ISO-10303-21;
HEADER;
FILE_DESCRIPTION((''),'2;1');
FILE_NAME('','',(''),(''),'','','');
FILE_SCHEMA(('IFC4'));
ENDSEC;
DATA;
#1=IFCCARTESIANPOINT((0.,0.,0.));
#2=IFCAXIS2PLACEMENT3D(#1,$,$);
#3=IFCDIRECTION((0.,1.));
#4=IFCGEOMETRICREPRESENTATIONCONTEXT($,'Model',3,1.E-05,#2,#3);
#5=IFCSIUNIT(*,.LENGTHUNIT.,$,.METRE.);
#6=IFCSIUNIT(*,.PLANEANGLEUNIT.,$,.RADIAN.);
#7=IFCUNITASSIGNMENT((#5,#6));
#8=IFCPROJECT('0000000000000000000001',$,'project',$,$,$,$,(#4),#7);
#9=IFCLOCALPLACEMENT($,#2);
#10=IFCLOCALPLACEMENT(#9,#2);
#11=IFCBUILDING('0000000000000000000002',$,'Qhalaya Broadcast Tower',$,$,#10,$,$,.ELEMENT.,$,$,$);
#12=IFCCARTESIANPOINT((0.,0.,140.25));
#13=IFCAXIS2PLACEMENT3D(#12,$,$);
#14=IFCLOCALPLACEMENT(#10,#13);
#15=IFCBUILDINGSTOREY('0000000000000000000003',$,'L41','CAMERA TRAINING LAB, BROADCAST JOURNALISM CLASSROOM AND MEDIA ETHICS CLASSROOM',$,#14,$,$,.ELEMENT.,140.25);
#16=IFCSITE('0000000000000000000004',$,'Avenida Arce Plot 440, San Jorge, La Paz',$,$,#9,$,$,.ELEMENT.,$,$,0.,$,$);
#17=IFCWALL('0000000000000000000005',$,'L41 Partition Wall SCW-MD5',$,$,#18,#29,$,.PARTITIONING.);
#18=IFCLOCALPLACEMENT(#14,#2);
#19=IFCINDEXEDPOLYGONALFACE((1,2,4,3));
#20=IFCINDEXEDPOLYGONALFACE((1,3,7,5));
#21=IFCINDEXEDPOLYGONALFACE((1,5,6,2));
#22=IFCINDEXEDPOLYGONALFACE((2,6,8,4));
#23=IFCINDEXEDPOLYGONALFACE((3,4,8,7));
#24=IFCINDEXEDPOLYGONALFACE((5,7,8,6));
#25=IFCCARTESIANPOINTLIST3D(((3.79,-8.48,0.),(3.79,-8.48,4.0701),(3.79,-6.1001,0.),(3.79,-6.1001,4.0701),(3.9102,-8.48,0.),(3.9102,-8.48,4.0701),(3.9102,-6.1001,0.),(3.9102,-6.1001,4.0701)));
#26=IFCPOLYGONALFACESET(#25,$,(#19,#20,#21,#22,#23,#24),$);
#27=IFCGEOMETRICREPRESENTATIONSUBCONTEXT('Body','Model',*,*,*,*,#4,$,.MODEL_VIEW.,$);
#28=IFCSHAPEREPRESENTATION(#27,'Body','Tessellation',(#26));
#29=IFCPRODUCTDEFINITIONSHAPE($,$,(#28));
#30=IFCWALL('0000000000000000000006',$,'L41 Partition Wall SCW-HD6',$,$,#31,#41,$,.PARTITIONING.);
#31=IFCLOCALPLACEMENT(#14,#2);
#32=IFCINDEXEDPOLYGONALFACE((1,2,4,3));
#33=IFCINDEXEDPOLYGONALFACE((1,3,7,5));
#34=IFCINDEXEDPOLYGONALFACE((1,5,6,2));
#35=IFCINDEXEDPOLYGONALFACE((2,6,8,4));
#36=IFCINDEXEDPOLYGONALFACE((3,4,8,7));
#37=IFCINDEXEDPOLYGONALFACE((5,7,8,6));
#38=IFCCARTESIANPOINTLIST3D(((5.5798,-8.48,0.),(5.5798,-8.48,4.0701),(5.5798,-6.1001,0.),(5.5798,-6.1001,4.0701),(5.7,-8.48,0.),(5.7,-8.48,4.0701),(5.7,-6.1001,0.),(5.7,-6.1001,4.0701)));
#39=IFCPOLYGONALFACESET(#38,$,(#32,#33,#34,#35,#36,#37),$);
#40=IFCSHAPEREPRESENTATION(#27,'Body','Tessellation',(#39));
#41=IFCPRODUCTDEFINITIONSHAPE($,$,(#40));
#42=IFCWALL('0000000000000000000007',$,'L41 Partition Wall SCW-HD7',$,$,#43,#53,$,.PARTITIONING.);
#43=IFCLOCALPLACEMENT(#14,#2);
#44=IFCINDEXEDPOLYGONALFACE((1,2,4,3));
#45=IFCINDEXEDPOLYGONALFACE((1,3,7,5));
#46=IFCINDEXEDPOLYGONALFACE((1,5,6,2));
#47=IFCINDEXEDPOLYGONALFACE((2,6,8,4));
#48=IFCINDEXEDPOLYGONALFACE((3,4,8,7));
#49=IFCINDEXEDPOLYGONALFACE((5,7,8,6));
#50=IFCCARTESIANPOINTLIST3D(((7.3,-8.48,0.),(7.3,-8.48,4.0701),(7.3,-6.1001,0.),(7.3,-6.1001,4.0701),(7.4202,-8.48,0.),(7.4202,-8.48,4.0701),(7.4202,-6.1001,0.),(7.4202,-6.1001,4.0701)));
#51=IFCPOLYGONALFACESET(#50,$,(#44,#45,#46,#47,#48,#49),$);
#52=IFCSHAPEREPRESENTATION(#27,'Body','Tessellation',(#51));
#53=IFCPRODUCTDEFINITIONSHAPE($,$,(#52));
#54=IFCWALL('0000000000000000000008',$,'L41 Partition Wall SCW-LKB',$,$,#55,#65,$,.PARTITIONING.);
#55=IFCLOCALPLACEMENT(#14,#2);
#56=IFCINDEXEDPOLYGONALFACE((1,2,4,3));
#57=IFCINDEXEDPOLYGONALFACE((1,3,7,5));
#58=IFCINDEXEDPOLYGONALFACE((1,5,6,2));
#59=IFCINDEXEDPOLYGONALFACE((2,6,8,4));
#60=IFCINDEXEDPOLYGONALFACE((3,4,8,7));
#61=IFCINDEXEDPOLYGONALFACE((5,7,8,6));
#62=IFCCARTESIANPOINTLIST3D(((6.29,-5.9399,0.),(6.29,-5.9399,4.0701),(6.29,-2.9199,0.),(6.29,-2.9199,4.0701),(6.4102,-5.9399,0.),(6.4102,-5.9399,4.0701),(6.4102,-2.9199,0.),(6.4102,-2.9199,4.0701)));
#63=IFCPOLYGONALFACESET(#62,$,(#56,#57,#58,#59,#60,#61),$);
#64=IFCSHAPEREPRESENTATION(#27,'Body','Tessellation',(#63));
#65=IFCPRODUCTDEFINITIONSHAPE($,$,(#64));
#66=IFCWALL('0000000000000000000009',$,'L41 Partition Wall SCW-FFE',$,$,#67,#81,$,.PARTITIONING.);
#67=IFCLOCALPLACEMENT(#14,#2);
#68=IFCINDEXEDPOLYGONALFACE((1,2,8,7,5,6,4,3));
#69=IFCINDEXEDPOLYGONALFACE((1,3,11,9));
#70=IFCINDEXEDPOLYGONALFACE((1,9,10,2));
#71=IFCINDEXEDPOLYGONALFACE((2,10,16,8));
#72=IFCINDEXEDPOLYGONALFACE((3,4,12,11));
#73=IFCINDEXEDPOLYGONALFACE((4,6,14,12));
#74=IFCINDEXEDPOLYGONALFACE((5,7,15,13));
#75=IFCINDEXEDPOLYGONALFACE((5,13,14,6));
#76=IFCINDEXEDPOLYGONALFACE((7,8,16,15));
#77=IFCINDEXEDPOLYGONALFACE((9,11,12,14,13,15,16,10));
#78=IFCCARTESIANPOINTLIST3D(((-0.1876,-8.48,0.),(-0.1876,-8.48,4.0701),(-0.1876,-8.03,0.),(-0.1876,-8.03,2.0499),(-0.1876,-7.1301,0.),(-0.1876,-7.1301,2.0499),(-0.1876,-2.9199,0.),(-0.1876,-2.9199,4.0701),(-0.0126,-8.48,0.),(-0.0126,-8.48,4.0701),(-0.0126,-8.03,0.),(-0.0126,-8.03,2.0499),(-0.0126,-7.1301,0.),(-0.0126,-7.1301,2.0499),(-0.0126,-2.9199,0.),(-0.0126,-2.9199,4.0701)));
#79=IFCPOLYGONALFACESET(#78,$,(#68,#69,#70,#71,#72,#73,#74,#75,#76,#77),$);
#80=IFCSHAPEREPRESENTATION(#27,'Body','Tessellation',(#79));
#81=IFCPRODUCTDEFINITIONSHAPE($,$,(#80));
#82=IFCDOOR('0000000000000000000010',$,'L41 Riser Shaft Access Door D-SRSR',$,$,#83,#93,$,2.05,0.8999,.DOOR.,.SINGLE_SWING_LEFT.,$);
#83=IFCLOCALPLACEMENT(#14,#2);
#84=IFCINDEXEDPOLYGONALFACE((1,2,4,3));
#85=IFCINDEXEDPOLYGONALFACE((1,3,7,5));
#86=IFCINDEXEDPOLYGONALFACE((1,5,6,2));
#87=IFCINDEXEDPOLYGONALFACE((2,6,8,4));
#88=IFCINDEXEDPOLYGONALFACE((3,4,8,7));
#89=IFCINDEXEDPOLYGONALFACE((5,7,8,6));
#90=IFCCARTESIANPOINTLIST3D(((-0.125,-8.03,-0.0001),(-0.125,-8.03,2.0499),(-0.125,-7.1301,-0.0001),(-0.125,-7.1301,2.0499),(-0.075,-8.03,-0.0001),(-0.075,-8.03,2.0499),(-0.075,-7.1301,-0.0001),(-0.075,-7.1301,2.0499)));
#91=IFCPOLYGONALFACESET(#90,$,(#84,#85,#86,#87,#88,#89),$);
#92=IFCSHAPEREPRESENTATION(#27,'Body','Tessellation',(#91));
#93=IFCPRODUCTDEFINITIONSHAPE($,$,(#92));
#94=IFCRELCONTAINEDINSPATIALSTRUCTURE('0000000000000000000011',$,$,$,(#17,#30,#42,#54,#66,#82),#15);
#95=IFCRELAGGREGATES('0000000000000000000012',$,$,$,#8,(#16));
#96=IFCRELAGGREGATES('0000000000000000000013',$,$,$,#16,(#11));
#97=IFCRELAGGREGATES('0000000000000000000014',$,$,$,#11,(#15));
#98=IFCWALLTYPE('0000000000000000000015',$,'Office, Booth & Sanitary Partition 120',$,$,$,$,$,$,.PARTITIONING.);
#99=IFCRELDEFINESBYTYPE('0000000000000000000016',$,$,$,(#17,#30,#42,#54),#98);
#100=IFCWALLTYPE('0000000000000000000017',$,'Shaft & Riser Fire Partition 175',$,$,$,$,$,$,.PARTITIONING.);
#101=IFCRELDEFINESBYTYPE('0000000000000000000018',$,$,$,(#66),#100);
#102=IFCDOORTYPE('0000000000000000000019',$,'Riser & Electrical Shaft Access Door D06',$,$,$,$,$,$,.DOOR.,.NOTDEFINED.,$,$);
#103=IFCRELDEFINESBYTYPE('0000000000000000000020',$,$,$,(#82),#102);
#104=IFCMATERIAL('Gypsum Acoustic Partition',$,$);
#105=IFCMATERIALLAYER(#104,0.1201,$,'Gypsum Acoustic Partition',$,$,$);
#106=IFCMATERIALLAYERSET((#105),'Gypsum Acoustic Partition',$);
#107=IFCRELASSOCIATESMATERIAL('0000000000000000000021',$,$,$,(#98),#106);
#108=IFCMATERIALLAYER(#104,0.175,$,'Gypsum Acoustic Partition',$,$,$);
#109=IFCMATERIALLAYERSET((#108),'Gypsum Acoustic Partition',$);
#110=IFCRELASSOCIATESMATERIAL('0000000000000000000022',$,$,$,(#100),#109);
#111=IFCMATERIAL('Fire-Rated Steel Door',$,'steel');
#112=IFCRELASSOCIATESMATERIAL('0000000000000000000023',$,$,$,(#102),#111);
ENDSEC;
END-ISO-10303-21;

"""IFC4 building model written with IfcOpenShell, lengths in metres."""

from ifc_helpers import new_model, si_unit, direction, frame, frame_2d, origin, place, context, subcontext, project, spatial, rectangle, extrude, material, layer, layer_set, type_object, element, fill, save


model = new_model("IFC4")

# Units and contexts
model_context = context("Model", 3, precision=1e-05, world=origin(), true_north=direction((0.0, 1.0)))
body_context = subcontext(model_context, "Body", "Model", "MODEL_VIEW")
ifc_project = project(units=[si_unit("LENGTHUNIT", "METRE"), si_unit("PLANEANGLEUNIT", "RADIAN")], contexts=[model_context])

# Site, building, storey
site_placement = place(None, origin())
site = spatial("IfcSite", under=ifc_project, at=site_placement, Name="Avenida Arce Plot 440, San Jorge, La Paz", CompositionType="ELEMENT", RefElevation=0.0)
building_placement = place(site_placement, origin())
building = spatial("IfcBuilding", under=site, at=building_placement, Name="Qhalaya Broadcast Tower", CompositionType="ELEMENT")
storey_placement = place(building_placement, frame((0.0, 0.0, 140.25)))
storey = spatial("IfcBuildingStorey", under=building, at=storey_placement, Name="L41", Description="CAMERA TRAINING LAB, BROADCAST JOURNALISM CLASSROOM AND MEDIA ETHICS CLASSROOM", CompositionType="ELEMENT", Elevation=140.25)

# Shared definitions
ifc_material_1 = material(Name="Gypsum Acoustic Partition")

# Walls
ifc_layer_1 = layer(ifc_material_1, 0.1201, Name="Gypsum Acoustic Partition")
ifc_layer_set_1 = layer_set([ifc_layer_1], Name="Gypsum Acoustic Partition")
wall_type_1 = type_object("IfcWallType", Name="Office, Booth & Sanitary Partition 120", PredefinedType="PARTITIONING", material=ifc_layer_set_1)
for number, where, z_axis, x_axis, name in (
    (1, (3.8501, -8.48, 0.0), (0.0, 0.0, 1.0), (0.0, 1.0, 0.0), "L41 Partition Wall SCW-MD5"),
    (2, (5.6399, -8.48, 0.0), (0.0, 0.0, 1.0), (0.0, 1.0, 0.0), "L41 Partition Wall SCW-HD6"),
    (3, (7.3601, -8.48, 0.0), (0.0, 0.0, 1.0), (0.0, 1.0, 0.0), "L41 Partition Wall SCW-HD7"),
):
    element("IfcWall", number, at=place(storey_placement, frame(where, z_axis=z_axis, x_axis=x_axis)), inside=storey, type_object=wall_type_1, Name=name, PredefinedType="PARTITIONING", context=body_context, shape_type="SweptSolid", body=[
        extrude(rectangle(XDim=2.3799, YDim=0.1201, at=frame_2d((1.1899, 0.0))), origin(), (0.0, 0.0, 1.0), 4.0701),
    ])
wall_1_placement = place(storey_placement, frame((6.3501, -5.9399, 0.0), z_axis=(0.0, 0.0, 1.0), x_axis=(0.0, 1.0, 0.0)))
element("IfcWall", 4, at=wall_1_placement, inside=storey, type_object=wall_type_1, Name="L41 Partition Wall SCW-LKB", PredefinedType="PARTITIONING", context=body_context, shape_type="SweptSolid", body=[
    extrude(rectangle(XDim=3.02, YDim=0.1201, at=frame_2d((1.51, 0.0))), origin(), (0.0, 0.0, 1.0), 4.0701),
])

# Wall, opening, door
ifc_layer_2 = layer(ifc_material_1, 0.175, Name="Gypsum Acoustic Partition")
ifc_layer_set_2 = layer_set([ifc_layer_2], Name="Gypsum Acoustic Partition")
wall_type_2 = type_object("IfcWallType", Name="Shaft & Riser Fire Partition 175", PredefinedType="PARTITIONING", material=ifc_layer_set_2)
wall_2_placement = place(storey_placement, frame((-0.1001, -8.48, 0.0), z_axis=(0.0, 0.0, 1.0), x_axis=(0.0, 1.0, 0.0)))
wall_2 = element("IfcWall", 5, at=wall_2_placement, inside=storey, type_object=wall_type_2, Name="L41 Partition Wall SCW-FFE", PredefinedType="PARTITIONING", context=body_context, shape_type="SweptSolid", body=[
    extrude(rectangle(XDim=5.5601, YDim=0.175, at=frame_2d((2.78, 0.0))), origin(), (0.0, 0.0, 1.0), 4.0701),
])
opening_1_placement = place(wall_2_placement, frame((0.45, 0.0, 0.0)))
opening_1 = element("IfcOpeningElement", 6, at=opening_1_placement, cuts=wall_2, PredefinedType="OPENING", context=body_context, shape_type="SweptSolid", body=[
    extrude(rectangle(XDim=0.8999, YDim=2.05, at=frame_2d((0.45, 1.0249))), frame((0.0, 0.0996, 0.0), z_axis=(0.0, -1.0, 0.0), x_axis=(1.0, 0.0, 0.0)), (0.0, 0.0, 1.0), 0.199),
])
ifc_material_2 = material(Name="Fire-Rated Steel Door", Category="steel")
door_type_1 = type_object("IfcDoorType", Name="Riser & Electrical Shaft Access Door D06", OperationType="NOTDEFINED", PredefinedType="DOOR", material=ifc_material_2)
door_1_placement = place(opening_1_placement, origin())
door_1 = element("IfcDoor", 7, at=door_1_placement, inside=storey, type_object=door_type_1, Name="L41 Riser Shaft Access Door D-SRSR", OperationType="SINGLE_SWING_LEFT", OverallHeight=2.05, OverallWidth=0.8999, PredefinedType="DOOR", context=body_context, shape_type="SweptSolid", body=[
    extrude(rectangle(XDim=0.8999, YDim=2.05, at=frame_2d((0.45, 1.0249))), frame((0.0, 0.0249, 0.0), z_axis=(0.0, -1.0, 0.0), x_axis=(1.0, 0.0, 0.0)), (0.0, 0.0, 1.0), 0.05),
])
fill(opening_1, door_1)

save(model, "model.ifc")
